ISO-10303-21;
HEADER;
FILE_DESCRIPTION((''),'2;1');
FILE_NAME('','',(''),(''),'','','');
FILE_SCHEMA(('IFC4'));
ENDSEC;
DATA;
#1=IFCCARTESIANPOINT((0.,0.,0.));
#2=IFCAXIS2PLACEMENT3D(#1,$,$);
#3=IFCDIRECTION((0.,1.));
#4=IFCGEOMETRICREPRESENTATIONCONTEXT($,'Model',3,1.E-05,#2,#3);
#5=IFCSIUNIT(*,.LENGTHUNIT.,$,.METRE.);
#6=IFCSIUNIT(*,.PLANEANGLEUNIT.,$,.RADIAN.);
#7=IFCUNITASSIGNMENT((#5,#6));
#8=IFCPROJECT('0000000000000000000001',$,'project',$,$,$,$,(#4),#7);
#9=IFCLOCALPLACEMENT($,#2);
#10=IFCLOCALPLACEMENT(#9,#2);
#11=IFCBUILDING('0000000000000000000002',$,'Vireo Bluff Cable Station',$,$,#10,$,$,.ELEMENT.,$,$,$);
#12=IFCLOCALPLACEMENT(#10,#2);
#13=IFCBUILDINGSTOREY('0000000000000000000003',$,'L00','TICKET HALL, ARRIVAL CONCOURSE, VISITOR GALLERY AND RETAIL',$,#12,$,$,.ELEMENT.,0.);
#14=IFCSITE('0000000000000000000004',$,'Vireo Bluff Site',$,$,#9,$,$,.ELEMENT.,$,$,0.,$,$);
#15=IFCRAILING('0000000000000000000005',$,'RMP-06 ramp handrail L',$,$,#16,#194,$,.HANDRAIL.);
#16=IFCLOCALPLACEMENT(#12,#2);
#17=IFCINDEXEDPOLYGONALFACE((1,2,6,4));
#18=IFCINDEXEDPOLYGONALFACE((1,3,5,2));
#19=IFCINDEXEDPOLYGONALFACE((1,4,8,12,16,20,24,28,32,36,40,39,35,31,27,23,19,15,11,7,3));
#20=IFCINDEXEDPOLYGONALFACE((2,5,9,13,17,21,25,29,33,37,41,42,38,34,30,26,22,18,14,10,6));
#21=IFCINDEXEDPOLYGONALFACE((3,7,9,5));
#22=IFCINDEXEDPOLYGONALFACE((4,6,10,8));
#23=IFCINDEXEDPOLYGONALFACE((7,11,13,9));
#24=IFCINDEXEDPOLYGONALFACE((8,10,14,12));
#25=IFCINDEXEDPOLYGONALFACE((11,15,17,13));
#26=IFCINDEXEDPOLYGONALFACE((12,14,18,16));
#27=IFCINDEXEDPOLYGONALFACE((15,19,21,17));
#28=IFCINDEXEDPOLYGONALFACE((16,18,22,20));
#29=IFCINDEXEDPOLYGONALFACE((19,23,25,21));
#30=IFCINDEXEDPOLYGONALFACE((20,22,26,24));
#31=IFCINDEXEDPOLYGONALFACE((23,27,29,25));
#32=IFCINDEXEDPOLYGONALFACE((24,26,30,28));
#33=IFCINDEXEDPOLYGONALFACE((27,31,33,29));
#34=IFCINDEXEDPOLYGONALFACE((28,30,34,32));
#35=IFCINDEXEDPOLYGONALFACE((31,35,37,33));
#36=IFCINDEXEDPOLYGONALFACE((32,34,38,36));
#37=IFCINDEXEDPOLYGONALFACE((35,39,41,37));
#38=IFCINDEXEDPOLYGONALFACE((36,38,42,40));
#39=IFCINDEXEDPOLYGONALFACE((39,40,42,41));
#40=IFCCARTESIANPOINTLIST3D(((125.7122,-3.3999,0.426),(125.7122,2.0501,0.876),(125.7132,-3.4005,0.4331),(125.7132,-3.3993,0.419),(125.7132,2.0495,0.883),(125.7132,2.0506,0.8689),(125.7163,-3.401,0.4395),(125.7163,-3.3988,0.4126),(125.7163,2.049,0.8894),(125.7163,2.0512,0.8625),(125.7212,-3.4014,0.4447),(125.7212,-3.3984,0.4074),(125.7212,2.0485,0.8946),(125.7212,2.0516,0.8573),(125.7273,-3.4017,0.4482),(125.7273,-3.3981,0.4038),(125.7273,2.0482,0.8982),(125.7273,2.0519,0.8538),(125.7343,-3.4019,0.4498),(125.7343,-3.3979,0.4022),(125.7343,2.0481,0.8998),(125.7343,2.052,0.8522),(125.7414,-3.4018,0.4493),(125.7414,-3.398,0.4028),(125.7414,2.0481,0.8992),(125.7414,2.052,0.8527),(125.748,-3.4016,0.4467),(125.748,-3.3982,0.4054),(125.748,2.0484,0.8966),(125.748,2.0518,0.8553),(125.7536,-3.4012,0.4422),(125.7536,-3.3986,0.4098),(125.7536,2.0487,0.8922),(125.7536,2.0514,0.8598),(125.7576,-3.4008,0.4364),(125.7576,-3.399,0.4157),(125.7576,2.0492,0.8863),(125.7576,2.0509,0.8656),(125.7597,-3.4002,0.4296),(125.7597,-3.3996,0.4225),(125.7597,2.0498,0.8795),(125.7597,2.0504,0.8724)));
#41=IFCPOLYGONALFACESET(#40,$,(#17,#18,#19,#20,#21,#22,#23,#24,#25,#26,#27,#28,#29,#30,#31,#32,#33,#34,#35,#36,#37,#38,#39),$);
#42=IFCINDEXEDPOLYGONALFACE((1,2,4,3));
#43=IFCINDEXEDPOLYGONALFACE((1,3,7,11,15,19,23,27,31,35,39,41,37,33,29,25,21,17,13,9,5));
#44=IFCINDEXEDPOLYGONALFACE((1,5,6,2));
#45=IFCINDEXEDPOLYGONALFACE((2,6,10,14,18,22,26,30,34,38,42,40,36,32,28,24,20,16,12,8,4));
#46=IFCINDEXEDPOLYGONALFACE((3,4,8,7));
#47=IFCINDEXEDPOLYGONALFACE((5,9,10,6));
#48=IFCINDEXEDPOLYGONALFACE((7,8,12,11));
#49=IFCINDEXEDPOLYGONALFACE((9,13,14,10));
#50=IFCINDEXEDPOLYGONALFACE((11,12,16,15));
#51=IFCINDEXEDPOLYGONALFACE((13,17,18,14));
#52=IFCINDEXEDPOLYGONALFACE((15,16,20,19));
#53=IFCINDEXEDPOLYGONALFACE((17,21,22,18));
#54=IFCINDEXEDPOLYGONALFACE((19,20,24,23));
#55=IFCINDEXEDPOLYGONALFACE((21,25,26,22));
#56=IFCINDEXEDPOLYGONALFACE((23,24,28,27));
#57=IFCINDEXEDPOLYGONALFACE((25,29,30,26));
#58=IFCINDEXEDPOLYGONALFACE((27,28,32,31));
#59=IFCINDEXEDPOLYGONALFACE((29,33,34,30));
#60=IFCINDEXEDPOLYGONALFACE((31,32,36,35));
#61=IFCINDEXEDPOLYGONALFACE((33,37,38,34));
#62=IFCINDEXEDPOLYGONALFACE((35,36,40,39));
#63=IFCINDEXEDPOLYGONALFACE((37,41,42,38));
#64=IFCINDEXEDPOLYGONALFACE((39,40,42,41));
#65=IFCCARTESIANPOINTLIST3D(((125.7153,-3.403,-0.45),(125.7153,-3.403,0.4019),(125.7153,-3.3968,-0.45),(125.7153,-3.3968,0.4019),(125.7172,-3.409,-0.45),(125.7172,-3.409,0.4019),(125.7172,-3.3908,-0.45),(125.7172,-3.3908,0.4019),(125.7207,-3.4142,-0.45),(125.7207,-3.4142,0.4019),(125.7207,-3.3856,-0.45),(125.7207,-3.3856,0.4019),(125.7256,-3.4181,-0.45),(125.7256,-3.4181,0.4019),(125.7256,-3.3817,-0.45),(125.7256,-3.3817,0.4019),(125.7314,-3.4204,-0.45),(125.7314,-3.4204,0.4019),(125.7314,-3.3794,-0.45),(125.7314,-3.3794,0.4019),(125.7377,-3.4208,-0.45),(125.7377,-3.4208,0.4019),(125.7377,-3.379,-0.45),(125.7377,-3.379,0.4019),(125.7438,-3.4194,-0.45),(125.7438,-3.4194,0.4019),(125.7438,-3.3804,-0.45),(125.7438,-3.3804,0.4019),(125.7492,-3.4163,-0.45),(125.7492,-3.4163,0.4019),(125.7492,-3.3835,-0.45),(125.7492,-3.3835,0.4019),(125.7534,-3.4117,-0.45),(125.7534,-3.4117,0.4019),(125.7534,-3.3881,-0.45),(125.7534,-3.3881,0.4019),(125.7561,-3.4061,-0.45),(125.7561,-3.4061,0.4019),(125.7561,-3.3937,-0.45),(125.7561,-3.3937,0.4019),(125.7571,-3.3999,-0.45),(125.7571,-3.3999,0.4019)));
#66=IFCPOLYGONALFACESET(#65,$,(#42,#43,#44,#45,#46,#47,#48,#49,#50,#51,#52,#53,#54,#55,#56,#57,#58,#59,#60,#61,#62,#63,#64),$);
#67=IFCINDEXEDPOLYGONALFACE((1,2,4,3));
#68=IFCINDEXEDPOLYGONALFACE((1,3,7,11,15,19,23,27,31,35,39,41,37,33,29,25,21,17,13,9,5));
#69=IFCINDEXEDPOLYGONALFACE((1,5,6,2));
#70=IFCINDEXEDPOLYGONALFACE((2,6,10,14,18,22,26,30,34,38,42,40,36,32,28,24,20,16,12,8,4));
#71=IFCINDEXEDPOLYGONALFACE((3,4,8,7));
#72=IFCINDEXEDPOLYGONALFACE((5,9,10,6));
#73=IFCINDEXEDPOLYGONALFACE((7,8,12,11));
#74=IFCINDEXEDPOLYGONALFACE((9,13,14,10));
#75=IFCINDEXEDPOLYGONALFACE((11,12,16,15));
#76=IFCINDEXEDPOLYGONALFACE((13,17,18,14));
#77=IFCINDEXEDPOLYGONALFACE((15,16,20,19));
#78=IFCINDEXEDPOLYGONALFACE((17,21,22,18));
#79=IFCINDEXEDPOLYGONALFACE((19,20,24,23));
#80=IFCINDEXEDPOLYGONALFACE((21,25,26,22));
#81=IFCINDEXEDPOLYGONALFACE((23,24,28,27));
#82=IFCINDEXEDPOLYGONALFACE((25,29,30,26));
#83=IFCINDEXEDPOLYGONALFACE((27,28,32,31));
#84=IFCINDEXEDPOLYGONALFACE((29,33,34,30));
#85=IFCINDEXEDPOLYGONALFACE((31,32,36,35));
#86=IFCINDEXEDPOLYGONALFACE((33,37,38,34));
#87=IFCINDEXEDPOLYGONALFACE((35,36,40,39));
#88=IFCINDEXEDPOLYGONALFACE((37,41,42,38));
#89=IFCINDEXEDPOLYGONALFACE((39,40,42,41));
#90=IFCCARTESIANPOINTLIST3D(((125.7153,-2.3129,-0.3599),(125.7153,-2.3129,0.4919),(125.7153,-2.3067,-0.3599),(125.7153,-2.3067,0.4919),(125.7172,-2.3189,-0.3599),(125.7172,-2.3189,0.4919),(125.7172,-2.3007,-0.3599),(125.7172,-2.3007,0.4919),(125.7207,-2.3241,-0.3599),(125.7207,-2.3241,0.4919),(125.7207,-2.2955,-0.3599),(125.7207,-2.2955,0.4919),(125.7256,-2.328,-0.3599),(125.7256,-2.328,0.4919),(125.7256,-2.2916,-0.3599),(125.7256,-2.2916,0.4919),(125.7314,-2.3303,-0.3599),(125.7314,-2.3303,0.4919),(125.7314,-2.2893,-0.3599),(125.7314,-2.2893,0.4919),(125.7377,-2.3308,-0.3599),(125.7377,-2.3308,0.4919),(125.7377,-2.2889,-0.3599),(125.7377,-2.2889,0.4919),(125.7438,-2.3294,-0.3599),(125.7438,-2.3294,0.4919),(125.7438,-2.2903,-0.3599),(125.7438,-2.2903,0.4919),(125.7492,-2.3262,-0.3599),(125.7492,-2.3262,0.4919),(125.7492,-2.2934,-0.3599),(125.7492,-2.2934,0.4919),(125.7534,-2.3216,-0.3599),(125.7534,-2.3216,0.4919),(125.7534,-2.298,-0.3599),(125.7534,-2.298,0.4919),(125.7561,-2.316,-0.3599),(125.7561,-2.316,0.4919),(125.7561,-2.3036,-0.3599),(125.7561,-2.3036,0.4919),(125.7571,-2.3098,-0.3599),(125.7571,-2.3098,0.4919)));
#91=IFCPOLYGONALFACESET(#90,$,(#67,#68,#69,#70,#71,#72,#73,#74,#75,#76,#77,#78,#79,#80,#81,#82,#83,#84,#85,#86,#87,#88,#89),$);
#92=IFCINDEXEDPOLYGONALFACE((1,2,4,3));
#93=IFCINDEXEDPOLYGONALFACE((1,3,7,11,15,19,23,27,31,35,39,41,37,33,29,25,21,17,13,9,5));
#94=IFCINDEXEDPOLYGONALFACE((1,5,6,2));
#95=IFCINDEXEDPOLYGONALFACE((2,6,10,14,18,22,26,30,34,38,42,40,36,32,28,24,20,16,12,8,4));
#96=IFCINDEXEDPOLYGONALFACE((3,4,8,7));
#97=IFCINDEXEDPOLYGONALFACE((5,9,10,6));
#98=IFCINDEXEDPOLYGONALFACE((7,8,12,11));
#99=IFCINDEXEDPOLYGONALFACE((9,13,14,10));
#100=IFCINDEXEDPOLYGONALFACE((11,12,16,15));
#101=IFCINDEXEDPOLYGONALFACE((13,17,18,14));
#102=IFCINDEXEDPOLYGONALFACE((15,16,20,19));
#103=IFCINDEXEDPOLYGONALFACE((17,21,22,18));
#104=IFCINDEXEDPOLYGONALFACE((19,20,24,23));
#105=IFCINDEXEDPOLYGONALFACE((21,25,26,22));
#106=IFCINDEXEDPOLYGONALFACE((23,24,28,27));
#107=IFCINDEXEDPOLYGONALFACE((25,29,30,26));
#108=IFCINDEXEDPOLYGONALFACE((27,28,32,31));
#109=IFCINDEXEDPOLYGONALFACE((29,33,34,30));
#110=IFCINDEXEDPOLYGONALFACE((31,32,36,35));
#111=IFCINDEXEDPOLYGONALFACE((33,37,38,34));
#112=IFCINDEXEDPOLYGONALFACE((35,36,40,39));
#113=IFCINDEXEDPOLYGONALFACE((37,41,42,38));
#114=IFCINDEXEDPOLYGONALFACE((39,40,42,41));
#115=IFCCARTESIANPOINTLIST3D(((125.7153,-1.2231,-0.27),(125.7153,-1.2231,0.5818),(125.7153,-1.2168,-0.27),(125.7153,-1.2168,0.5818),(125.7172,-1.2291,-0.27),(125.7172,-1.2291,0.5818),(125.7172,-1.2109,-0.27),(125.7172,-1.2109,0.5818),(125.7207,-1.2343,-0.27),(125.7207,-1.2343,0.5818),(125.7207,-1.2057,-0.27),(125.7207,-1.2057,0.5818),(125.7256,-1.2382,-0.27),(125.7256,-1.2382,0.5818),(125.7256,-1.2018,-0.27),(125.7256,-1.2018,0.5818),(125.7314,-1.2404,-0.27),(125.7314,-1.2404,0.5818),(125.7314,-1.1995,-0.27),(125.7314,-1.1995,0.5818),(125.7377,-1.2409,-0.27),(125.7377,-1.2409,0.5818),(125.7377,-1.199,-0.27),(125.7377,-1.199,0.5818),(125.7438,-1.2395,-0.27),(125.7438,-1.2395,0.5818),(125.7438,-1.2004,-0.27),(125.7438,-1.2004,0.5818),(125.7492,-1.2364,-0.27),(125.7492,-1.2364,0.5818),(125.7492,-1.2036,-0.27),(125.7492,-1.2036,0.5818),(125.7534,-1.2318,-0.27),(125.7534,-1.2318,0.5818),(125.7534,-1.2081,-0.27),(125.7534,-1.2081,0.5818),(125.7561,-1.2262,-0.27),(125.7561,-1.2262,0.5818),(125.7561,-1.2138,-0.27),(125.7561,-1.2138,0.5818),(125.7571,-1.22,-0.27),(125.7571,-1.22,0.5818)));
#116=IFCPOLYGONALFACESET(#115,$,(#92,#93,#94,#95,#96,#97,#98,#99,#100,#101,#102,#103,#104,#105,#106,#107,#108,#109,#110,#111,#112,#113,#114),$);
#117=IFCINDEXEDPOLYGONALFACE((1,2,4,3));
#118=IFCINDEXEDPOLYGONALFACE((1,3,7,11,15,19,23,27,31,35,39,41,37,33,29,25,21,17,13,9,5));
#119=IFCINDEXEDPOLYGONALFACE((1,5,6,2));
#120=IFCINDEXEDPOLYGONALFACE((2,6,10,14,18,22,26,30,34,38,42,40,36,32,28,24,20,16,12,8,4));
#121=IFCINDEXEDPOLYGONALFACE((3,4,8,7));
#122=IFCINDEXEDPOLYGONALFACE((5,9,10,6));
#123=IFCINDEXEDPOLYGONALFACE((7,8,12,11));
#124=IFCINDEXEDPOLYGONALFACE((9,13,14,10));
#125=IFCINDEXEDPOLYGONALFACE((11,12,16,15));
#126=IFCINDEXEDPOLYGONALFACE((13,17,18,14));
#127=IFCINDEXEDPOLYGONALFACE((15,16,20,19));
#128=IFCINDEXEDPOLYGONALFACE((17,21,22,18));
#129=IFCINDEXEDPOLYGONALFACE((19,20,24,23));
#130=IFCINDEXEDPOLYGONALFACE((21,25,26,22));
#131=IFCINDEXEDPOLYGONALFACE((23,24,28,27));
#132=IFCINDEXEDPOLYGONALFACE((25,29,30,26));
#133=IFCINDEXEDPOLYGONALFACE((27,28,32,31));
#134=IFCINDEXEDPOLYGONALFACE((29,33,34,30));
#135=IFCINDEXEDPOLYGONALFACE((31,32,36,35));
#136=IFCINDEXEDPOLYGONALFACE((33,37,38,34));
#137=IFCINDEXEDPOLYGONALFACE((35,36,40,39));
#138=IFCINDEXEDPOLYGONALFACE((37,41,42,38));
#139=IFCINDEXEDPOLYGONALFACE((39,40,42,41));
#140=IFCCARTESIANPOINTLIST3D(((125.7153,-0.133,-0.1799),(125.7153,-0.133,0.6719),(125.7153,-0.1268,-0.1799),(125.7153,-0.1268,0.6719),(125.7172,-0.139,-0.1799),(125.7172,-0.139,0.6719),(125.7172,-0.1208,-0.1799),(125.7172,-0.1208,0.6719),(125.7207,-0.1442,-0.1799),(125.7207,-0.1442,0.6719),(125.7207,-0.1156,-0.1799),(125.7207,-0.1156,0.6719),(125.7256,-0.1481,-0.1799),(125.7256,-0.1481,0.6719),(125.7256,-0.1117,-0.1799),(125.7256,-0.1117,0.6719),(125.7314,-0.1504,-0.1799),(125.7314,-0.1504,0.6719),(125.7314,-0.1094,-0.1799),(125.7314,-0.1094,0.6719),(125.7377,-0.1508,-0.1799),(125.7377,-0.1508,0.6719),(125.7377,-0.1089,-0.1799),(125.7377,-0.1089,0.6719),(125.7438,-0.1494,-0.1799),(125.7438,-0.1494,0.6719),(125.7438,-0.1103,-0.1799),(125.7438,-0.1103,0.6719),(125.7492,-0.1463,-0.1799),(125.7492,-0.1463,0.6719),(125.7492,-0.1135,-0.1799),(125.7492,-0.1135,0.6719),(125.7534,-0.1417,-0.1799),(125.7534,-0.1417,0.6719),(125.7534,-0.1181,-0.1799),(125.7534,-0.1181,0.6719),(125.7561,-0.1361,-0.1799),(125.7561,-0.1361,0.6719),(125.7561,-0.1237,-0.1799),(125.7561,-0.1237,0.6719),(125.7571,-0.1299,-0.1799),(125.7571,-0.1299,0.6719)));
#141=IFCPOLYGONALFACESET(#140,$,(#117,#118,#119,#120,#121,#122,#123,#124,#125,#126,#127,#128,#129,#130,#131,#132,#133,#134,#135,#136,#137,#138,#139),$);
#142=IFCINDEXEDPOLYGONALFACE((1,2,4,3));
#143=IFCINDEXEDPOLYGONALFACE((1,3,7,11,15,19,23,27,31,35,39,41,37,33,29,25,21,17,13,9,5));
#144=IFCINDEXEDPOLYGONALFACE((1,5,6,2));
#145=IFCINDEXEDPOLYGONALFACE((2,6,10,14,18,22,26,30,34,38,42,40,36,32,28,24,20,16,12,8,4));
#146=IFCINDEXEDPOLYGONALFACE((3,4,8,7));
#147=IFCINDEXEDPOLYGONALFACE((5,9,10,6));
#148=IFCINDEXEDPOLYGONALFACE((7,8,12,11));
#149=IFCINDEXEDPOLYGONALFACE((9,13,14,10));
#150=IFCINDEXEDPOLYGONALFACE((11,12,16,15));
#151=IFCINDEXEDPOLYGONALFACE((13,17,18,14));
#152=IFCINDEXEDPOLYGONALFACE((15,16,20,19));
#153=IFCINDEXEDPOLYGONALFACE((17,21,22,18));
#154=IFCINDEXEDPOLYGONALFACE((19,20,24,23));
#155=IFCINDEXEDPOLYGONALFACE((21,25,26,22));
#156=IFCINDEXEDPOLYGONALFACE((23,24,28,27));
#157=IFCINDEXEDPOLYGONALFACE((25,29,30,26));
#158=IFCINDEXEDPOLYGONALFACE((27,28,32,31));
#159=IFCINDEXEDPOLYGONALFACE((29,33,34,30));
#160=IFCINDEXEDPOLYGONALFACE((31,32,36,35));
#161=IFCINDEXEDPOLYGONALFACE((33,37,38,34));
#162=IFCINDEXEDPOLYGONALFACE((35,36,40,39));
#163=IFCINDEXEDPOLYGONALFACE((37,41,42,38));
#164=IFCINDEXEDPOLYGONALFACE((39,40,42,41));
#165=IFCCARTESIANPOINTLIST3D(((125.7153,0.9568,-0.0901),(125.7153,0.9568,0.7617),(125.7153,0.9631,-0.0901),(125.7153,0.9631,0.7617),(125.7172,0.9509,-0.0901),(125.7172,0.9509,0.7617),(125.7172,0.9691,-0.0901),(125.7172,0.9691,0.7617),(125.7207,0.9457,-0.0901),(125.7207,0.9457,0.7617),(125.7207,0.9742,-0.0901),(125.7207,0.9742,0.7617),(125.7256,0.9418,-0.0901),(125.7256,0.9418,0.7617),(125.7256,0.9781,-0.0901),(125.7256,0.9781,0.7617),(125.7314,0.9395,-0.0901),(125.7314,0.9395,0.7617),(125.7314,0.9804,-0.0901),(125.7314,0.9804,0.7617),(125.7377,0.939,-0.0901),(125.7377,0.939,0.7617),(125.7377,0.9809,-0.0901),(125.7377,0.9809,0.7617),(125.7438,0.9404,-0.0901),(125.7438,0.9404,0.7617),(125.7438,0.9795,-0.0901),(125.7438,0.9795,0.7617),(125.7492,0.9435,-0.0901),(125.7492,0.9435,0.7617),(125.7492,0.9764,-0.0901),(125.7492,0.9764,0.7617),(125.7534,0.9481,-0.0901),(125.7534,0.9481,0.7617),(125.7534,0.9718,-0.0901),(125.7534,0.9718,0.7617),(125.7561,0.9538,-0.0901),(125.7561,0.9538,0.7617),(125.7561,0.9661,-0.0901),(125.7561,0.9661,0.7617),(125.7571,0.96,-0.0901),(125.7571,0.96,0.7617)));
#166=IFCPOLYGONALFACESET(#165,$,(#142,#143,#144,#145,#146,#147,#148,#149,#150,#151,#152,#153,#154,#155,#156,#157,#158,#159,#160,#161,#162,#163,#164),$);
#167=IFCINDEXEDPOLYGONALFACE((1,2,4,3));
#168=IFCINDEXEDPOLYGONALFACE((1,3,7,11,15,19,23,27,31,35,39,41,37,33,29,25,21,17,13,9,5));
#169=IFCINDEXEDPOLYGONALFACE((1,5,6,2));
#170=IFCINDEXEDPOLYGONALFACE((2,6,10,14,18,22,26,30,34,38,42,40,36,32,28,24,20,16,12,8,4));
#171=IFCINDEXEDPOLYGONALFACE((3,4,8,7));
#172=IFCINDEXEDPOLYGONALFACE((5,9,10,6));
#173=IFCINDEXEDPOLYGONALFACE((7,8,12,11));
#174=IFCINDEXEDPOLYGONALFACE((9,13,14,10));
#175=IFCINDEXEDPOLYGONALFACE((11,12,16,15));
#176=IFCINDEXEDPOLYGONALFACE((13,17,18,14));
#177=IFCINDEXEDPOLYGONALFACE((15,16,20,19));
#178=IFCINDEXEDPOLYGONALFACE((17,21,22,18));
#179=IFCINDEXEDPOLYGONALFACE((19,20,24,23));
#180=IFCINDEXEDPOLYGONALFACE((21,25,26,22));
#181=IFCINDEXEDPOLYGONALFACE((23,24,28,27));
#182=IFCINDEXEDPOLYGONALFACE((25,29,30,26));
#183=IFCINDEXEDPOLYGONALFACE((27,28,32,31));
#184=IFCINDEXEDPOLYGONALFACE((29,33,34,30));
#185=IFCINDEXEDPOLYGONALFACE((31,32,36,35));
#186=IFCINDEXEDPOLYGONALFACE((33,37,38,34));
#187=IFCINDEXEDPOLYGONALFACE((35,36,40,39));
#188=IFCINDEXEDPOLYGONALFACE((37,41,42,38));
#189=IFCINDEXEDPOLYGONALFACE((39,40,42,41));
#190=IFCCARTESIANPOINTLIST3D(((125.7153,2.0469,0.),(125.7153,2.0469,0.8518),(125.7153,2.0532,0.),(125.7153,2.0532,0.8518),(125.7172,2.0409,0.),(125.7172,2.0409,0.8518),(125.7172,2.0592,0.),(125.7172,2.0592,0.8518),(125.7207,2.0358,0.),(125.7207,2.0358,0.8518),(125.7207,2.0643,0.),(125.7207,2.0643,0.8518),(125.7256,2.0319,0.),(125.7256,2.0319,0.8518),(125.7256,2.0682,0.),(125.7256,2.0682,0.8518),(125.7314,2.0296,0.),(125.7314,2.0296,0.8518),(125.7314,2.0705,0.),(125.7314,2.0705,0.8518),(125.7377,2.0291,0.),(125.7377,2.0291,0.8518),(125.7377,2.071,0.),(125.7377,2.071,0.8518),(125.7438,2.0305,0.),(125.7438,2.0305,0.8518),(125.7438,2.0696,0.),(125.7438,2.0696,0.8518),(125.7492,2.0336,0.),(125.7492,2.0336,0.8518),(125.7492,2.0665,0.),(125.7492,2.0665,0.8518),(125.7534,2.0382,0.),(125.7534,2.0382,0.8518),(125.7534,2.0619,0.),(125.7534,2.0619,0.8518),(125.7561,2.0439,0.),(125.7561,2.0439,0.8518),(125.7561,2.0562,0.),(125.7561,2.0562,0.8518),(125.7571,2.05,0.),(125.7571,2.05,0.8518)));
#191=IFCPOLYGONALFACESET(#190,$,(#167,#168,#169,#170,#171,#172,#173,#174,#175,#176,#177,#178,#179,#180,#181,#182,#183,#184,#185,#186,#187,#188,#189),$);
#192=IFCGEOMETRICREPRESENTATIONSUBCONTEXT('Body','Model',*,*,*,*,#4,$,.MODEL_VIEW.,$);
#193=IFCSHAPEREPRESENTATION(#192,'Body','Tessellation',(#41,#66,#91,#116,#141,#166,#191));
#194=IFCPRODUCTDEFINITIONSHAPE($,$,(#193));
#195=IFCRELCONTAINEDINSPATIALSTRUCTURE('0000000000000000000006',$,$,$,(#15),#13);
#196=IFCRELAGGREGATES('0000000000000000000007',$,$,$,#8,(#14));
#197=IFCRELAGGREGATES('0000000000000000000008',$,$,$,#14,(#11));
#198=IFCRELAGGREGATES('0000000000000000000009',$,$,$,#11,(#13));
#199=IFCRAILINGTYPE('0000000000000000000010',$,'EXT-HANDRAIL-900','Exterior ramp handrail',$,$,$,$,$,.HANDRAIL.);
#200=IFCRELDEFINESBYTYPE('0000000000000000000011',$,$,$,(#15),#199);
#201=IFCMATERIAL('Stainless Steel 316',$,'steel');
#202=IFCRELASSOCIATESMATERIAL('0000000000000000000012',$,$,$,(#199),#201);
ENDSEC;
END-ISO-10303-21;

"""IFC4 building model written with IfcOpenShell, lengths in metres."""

from ifc_helpers import new_model, si_unit, direction, frame, origin, origin_2d, place, context, subcontext, project, spatial, circle, extrude, material, type_object, element, save


model = new_model("IFC4")

# Units and contexts
model_context = context("Model", 3, precision=1e-05, world=origin(), true_north=direction((0.0, 1.0)))
body_context = subcontext(model_context, "Body", "Model", "MODEL_VIEW")
ifc_project = project(units=[si_unit("LENGTHUNIT", "METRE"), si_unit("PLANEANGLEUNIT", "RADIAN")], contexts=[model_context])

# Site, building, storey
site_placement = place(None, origin())
site = spatial("IfcSite", under=ifc_project, at=site_placement, Name="Vireo Bluff Site", CompositionType="ELEMENT", RefElevation=0.0)
building_placement = place(site_placement, origin())
building = spatial("IfcBuilding", under=site, at=building_placement, Name="Vireo Bluff Cable Station", CompositionType="ELEMENT")
storey_placement = place(building_placement, origin())
storey = spatial("IfcBuildingStorey", under=building, at=storey_placement, Name="L00", Description="TICKET HALL, ARRIVAL CONCOURSE, VISITOR GALLERY AND RETAIL", CompositionType="ELEMENT", Elevation=0.0)

# Railing
ifc_material_1 = material(Name="Stainless Steel 316", Category="steel")
railing_type = type_object("IfcRailingType", Name="EXT-HANDRAIL-900", Description="Exterior ramp handrail", PredefinedType="HANDRAIL", material=ifc_material_1)
for number, where, name in (
    (1, (125.7361, -3.3999, -0.45), "RMP-06 ramp handrail L"),
):
    element("IfcRailing", number, at=place(storey_placement, frame(where)), inside=storey, type_object=railing_type, Name=name, PredefinedType="HANDRAIL", context=body_context, shape_type="SweptSolid", body=[
        extrude(circle(Radius=0.0239, at=origin_2d()), frame((0.0, 0.0, 0.876), z_axis=(0.0, 0.996609, 0.082281), x_axis=(-1.0, 0.0, 0.0)), (0.0, 0.0, 1.0), 5.4685),
        extrude(circle(Radius=0.021, at=origin_2d()), origin(), (0.0, 0.0, 1.0), 0.8518),
        extrude(circle(Radius=0.021, at=origin_2d()), frame((0.0, 1.0901, 0.0901)), (0.0, 0.0, 1.0), 0.8518),
        extrude(circle(Radius=0.021, at=origin_2d()), frame((0.0, 2.1799, 0.1799)), (0.0, 0.0, 1.0), 0.8518),
        extrude(circle(Radius=0.021, at=origin_2d()), frame((0.0, 3.27, 0.27)), (0.0, 0.0, 1.0), 0.8518),
        extrude(circle(Radius=0.021, at=origin_2d()), frame((0.0, 4.3599, 0.3599)), (0.0, 0.0, 1.0), 0.8518),
        extrude(circle(Radius=0.021, at=origin_2d()), frame((0.0, 5.45, 0.45)), (0.0, 0.0, 1.0), 0.8518),
    ])

save(model, "model.ifc")
